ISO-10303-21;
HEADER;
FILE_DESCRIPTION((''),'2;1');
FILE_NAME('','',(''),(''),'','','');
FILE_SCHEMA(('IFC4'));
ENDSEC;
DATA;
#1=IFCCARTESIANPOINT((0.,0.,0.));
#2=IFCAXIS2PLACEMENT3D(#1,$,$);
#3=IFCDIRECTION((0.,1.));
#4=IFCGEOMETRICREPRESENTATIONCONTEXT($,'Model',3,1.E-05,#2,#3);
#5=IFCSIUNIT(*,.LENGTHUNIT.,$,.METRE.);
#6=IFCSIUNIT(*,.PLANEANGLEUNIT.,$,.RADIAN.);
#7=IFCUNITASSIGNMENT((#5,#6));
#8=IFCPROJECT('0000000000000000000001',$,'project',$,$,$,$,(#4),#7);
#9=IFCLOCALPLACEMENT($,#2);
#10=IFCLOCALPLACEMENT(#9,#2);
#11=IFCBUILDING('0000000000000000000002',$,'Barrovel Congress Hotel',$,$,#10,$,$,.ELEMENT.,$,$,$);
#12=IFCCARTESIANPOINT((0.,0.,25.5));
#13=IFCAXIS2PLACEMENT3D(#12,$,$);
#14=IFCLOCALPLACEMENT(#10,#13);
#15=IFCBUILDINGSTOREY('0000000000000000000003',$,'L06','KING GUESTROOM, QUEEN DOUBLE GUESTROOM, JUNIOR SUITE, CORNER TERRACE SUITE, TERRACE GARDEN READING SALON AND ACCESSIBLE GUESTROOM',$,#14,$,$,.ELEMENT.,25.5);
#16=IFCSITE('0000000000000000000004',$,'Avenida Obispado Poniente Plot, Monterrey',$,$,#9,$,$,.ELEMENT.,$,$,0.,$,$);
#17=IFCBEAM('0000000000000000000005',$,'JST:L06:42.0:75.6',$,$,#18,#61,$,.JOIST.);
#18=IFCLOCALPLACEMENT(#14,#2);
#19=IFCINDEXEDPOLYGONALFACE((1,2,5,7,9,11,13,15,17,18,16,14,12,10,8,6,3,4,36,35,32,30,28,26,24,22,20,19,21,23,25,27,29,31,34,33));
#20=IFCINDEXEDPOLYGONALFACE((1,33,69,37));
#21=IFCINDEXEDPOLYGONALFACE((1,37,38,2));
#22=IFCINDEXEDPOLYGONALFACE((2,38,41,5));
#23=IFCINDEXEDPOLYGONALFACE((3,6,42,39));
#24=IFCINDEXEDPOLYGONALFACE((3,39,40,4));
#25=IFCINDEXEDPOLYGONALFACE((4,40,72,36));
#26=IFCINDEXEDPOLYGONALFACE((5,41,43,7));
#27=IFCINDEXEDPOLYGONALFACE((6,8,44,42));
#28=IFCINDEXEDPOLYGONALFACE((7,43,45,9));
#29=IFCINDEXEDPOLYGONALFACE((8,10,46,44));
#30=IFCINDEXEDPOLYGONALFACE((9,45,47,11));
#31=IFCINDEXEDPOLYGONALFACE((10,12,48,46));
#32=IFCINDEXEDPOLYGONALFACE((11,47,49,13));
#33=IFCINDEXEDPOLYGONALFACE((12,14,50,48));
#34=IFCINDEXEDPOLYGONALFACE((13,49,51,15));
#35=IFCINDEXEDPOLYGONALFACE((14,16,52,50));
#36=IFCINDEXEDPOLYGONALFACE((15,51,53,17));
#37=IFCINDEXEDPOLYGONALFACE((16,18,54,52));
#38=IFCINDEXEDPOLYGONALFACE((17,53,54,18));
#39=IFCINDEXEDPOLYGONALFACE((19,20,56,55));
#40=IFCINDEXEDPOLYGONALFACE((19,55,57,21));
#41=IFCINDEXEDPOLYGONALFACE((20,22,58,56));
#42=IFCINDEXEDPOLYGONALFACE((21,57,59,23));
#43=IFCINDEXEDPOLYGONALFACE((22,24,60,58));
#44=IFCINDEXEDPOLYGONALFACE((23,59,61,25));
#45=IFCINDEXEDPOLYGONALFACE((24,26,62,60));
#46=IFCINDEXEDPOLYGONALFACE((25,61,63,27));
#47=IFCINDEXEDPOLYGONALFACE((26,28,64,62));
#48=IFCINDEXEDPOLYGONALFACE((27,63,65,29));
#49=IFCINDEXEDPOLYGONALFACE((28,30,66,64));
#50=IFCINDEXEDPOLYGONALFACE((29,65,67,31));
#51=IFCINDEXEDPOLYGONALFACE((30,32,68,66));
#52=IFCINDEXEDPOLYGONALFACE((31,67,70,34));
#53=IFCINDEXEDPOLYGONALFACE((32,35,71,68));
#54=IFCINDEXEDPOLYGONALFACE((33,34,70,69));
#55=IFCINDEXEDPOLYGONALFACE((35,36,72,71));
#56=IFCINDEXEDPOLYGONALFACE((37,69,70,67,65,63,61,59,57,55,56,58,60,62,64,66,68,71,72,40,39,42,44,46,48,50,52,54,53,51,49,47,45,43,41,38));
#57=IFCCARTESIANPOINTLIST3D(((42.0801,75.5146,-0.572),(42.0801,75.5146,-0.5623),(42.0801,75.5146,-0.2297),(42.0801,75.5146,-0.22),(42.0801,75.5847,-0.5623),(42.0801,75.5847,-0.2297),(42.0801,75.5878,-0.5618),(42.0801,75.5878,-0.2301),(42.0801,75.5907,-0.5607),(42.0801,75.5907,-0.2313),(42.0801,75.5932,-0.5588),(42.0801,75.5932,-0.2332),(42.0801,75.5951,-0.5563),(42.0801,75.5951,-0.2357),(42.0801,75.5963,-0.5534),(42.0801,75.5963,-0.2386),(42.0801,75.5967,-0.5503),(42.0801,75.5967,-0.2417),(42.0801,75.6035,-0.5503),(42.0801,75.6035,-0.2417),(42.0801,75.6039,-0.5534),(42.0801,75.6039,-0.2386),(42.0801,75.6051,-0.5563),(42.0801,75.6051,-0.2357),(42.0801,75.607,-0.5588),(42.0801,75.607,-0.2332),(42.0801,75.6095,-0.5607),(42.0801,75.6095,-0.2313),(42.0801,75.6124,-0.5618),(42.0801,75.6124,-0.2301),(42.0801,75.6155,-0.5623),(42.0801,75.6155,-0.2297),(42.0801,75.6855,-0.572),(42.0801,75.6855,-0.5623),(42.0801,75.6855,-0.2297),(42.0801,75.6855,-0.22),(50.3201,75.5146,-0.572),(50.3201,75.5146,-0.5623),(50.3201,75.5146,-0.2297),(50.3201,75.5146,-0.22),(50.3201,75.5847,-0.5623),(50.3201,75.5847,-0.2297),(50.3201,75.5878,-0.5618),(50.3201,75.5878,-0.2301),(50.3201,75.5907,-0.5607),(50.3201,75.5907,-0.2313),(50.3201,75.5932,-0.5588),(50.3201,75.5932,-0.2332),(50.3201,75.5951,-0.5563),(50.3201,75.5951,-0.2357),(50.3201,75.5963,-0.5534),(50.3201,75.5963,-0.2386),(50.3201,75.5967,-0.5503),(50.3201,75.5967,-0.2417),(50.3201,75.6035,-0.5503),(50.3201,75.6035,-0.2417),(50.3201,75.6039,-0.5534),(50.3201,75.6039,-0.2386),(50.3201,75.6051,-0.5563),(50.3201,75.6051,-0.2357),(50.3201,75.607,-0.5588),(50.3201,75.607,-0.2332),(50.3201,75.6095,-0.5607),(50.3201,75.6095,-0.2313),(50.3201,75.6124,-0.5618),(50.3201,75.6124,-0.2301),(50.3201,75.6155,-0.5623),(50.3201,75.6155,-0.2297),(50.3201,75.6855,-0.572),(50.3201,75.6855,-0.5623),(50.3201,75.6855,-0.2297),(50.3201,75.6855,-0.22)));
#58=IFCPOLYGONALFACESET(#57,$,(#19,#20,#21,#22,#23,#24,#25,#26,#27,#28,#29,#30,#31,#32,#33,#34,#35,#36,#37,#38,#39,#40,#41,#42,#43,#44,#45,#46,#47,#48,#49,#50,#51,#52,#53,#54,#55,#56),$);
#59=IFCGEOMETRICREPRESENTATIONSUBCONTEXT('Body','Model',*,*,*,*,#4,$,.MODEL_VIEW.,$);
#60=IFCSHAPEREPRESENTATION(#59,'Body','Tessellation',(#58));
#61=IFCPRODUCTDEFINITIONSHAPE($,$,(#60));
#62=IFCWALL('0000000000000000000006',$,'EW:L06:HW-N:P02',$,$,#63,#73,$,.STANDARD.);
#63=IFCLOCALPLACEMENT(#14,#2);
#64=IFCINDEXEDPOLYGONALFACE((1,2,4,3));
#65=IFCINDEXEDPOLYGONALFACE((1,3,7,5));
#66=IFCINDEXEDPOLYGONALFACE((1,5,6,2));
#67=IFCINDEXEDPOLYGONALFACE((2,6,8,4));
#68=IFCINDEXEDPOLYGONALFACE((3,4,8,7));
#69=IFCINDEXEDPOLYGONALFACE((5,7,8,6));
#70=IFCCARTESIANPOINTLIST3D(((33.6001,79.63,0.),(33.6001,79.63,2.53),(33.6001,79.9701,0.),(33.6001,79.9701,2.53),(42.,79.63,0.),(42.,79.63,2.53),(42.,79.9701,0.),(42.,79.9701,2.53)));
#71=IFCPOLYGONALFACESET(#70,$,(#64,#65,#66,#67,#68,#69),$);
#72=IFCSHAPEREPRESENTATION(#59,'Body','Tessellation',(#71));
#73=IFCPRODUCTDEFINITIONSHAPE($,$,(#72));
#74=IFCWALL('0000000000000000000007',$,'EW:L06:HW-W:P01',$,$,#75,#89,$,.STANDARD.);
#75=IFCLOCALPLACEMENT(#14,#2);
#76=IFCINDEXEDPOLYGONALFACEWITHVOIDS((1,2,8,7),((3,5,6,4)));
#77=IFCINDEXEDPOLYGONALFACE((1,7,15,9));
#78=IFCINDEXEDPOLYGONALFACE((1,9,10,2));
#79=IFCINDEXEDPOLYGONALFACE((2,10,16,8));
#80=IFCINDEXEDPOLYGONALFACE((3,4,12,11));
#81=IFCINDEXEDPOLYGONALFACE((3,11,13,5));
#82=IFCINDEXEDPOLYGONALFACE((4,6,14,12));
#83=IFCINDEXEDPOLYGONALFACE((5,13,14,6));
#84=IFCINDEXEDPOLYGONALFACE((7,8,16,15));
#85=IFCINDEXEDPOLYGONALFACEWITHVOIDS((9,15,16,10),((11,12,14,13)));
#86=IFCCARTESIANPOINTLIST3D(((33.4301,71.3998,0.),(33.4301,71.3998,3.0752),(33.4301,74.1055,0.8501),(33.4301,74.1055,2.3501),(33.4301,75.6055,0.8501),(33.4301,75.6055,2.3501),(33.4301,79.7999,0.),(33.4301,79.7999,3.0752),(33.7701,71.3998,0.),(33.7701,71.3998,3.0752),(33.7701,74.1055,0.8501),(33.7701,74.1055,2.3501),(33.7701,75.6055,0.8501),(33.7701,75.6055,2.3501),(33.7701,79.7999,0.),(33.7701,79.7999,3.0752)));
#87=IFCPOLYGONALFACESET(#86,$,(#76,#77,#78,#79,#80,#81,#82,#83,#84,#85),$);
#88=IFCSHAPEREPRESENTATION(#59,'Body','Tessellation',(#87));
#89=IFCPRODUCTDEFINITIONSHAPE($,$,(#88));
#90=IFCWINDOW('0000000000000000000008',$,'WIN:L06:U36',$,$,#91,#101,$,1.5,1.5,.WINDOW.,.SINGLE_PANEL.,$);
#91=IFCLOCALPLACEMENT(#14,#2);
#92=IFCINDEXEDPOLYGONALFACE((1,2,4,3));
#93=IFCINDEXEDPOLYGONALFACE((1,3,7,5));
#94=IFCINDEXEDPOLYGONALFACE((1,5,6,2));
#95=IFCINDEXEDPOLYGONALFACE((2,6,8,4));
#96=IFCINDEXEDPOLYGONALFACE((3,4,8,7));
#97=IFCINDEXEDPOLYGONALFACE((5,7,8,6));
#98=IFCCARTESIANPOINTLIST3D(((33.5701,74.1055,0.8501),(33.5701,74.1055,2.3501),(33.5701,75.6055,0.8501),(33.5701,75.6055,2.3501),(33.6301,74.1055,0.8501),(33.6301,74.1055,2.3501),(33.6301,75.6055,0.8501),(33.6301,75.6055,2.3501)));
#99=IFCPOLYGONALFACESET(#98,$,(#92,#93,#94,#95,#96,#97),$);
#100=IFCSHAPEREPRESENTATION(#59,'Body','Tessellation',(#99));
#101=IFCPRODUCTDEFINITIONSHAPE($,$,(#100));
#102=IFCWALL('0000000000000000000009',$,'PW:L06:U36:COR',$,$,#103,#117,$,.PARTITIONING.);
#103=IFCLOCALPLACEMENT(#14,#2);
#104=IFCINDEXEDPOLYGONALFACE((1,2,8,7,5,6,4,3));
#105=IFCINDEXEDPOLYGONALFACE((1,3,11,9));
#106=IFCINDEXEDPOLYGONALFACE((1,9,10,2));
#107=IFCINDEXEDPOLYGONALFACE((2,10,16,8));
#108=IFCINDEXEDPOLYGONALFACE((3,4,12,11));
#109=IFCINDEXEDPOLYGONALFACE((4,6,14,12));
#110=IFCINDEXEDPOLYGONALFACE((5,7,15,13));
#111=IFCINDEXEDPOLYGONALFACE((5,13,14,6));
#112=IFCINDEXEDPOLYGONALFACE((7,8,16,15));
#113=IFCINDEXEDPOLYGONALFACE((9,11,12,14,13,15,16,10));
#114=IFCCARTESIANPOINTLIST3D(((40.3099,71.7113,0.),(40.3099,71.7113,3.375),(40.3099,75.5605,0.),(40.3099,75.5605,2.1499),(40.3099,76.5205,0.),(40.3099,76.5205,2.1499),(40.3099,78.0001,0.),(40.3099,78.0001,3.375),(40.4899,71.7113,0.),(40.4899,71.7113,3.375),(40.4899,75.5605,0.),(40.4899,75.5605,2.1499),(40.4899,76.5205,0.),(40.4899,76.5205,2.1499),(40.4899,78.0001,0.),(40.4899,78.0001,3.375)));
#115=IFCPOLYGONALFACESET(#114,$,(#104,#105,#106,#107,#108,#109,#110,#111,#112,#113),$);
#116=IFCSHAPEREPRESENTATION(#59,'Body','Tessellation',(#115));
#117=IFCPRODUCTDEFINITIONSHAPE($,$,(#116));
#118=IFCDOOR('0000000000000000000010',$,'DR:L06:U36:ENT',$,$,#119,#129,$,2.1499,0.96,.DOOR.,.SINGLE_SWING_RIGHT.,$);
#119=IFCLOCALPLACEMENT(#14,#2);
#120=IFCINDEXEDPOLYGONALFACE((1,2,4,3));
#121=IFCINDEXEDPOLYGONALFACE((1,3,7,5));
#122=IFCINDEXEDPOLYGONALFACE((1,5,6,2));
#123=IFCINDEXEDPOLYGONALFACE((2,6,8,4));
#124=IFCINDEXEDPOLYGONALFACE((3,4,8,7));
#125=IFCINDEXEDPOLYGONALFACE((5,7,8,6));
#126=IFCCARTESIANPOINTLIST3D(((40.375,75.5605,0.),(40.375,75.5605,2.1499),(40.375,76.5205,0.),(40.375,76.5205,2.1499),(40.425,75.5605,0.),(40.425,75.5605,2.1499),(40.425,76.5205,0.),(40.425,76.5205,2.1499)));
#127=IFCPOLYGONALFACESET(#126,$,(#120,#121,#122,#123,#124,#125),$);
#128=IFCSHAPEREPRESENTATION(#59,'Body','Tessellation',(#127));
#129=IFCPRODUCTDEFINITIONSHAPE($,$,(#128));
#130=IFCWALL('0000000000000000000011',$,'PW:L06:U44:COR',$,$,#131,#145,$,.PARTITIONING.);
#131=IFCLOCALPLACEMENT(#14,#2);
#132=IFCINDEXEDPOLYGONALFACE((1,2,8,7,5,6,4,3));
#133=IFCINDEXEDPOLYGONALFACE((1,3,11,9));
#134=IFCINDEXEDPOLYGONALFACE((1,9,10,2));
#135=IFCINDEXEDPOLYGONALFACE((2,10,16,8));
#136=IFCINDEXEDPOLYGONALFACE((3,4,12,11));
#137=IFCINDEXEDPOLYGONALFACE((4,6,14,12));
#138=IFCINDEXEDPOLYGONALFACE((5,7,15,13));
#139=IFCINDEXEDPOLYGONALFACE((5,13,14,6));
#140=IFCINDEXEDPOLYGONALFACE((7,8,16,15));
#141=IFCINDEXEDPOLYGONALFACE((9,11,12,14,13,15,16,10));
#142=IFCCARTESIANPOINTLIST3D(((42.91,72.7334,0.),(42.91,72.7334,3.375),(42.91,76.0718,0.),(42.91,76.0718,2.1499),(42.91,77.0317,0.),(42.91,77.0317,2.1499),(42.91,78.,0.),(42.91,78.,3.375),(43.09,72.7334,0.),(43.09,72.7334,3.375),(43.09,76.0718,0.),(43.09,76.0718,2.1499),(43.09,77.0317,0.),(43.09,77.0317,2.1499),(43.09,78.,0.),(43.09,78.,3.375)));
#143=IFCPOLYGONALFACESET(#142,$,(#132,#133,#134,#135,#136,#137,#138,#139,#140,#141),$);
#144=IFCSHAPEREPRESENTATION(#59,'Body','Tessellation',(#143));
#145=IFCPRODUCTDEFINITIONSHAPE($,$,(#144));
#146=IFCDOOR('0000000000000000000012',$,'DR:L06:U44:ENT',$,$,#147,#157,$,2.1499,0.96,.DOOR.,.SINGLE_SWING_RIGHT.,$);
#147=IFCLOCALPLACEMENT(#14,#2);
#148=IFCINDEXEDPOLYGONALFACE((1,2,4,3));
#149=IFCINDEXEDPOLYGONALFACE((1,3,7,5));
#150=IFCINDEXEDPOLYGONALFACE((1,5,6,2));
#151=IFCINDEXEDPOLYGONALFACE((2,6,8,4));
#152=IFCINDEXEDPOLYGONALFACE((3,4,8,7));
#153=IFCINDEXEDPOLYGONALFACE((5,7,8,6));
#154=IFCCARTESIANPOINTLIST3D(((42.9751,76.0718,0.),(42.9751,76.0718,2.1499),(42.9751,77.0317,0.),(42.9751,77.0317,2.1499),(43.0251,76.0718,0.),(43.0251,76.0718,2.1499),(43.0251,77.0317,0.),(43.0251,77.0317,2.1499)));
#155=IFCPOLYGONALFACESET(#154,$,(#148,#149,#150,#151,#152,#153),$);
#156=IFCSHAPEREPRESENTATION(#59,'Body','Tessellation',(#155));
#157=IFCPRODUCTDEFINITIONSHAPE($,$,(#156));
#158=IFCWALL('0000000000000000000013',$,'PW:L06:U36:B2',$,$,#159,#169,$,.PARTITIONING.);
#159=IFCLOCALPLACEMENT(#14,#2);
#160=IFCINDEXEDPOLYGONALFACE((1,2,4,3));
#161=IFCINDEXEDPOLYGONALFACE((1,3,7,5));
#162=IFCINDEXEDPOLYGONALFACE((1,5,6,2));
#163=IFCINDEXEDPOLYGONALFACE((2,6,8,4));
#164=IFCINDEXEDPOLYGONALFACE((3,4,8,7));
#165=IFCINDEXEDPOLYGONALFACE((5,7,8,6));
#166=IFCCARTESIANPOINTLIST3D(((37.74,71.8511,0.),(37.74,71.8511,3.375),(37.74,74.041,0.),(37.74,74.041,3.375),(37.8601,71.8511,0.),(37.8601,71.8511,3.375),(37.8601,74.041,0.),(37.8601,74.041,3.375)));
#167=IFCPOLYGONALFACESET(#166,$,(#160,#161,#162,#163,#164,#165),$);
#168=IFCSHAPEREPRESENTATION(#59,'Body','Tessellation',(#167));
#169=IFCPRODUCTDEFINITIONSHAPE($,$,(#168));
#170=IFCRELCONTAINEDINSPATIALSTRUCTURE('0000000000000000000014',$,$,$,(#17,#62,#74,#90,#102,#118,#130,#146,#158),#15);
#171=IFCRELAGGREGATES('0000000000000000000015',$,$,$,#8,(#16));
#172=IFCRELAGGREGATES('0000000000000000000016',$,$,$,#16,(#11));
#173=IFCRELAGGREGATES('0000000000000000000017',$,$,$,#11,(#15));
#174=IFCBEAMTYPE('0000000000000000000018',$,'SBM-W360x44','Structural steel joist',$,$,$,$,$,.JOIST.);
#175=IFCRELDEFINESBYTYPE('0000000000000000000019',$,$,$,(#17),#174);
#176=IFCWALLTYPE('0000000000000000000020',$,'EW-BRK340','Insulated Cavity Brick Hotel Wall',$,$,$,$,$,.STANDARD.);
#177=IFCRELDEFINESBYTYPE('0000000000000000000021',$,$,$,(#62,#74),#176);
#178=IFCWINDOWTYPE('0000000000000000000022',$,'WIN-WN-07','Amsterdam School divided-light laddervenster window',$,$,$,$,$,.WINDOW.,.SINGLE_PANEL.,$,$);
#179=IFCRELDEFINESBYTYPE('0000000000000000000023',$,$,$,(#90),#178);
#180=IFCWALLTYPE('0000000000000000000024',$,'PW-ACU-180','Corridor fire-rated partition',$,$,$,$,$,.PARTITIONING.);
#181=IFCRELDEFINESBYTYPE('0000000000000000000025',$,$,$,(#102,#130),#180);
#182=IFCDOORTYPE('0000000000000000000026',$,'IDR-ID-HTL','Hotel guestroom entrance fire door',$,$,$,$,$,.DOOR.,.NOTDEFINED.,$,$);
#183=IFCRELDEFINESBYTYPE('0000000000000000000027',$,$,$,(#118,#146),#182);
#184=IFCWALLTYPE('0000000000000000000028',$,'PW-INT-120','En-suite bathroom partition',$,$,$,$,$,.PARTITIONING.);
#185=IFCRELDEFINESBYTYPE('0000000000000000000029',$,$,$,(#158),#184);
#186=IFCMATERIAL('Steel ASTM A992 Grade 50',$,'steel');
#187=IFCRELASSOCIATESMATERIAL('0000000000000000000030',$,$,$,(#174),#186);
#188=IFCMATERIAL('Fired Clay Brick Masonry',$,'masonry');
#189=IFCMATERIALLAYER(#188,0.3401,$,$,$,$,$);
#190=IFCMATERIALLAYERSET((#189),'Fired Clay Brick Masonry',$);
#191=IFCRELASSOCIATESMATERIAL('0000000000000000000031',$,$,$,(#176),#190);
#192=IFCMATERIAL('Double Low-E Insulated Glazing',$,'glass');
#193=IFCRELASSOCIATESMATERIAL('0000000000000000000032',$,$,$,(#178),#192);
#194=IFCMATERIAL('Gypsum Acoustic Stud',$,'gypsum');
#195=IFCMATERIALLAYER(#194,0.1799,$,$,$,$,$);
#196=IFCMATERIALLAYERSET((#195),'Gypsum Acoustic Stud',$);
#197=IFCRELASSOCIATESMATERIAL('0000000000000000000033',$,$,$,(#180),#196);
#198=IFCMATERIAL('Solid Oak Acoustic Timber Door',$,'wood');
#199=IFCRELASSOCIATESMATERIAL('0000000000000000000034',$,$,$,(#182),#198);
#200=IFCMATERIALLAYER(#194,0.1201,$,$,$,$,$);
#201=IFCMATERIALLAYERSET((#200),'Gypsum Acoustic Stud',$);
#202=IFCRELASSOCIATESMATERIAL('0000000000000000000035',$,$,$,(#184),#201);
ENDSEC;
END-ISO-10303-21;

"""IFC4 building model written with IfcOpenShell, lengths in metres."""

from ifc_helpers import new_model, si_unit, direction, frame, frame_2d, origin, origin_2d, place, context, subcontext, project, spatial, rectangle, i_section, extrude, material, layer, layer_set, material_profile, profile_set, type_object, element, fill, save


model = new_model("IFC4")

# Units and contexts
model_context = context("Model", 3, precision=1e-05, world=origin(), true_north=direction((0.0, 1.0)))
body_context = subcontext(model_context, "Body", "Model", "MODEL_VIEW")
ifc_project = project(units=[si_unit("LENGTHUNIT", "METRE"), si_unit("PLANEANGLEUNIT", "RADIAN")], contexts=[model_context])

# Site, building, storey
site_placement = place(None, origin())
site = spatial("IfcSite", under=ifc_project, at=site_placement, Name="Avenida Obispado Poniente Plot, Monterrey", CompositionType="ELEMENT", RefElevation=0.0)
building_placement = place(site_placement, origin())
building = spatial("IfcBuilding", under=site, at=building_placement, Name="Barrovel Congress Hotel", CompositionType="ELEMENT")
storey_placement = place(building_placement, frame((0.0, 0.0, 25.5)))
storey = spatial("IfcBuildingStorey", under=building, at=storey_placement, Name="L06", Description="KING GUESTROOM, QUEEN DOUBLE GUESTROOM, JUNIOR SUITE, CORNER TERRACE SUITE, TERRACE GARDEN READING SALON AND ACCESSIBLE GUESTROOM", CompositionType="ELEMENT", Elevation=25.5)

# Beam
ifc_material_1 = material(Name="Steel ASTM A992 Grade 50", Category="steel")
ifc_material_profile_1 = material_profile(ifc_material_1, i_section(OverallWidth=0.1709, OverallDepth=0.3521, WebThickness=0.0068, FlangeThickness=0.0098, FilletRadius=0.012, at=origin_2d()), Name="W360x44")
ifc_profile_set_1 = profile_set([ifc_material_profile_1], Name="Steel ASTM A992 Grade 50")
beam_type_1 = type_object("IfcBeamType", Name="SBM-W360x44", Description="Structural steel joist", PredefinedType="JOIST", material=ifc_profile_set_1)
beam_1_placement = place(storey_placement, frame((42.0801, 75.6001, -0.396), z_axis=(1.0, 0.0, 0.0), x_axis=(0.0, 1.0, 0.0)))
element("IfcBeam", 1, at=beam_1_placement, inside=storey, type_object=beam_type_1, Name="JST:L06:42.0:75.6", PredefinedType="JOIST", context=body_context, shape_type="SweptSolid", body=[
    extrude(i_section(OverallWidth=0.1709, OverallDepth=0.3521, WebThickness=0.0068, FlangeThickness=0.0098, FilletRadius=0.012, at=origin_2d()), origin(), (0.0, 0.0, 1.0), 8.24),
])

# Wall
ifc_material_2 = material(Name="Fired Clay Brick Masonry", Category="masonry")
ifc_layer_1 = layer(ifc_material_2, 0.3401)
ifc_layer_set_1 = layer_set([ifc_layer_1], Name="Fired Clay Brick Masonry")
wall_type_1 = type_object("IfcWallType", Name="EW-BRK340", Description="Insulated Cavity Brick Hotel Wall", PredefinedType="STANDARD", material=ifc_layer_set_1)
wall_1_placement = place(storey_placement, frame((42.0, 79.8, 0.0), z_axis=(0.0, 0.0, 1.0), x_axis=(-1.0, 0.0, 0.0)))
element("IfcWall", 2, at=wall_1_placement, inside=storey, type_object=wall_type_1, Name="EW:L06:HW-N:P02", PredefinedType="STANDARD", context=body_context, shape_type="SweptSolid", body=[
    extrude(rectangle(XDim=8.3999, YDim=0.3401, at=frame_2d((4.2, 0.0))), origin(), (0.0, 0.0, 1.0), 2.53),
])

# Wall, opening, window
wall_2_placement = place(storey_placement, frame((33.6001, 79.8, 0.0), z_axis=(0.0, 0.0, 1.0), x_axis=(0.0, -1.0, 0.0)))
wall_2 = element("IfcWall", 3, at=wall_2_placement, inside=storey, type_object=wall_type_1, Name="EW:L06:HW-W:P01", PredefinedType="STANDARD", context=body_context, shape_type="SweptSolid", body=[
    extrude(rectangle(XDim=8.4001, YDim=0.3401, at=frame_2d((4.2002, 0.0))), origin(), (0.0, 0.0, 1.0), 3.0752),
])
opening_1_placement = place(wall_2_placement, frame((4.1946, 0.0, 0.8501)))
opening_1 = element("IfcOpeningElement", 4, at=opening_1_placement, cuts=wall_2, PredefinedType="OPENING", context=body_context, shape_type="SweptSolid", body=[
    extrude(rectangle(XDim=1.5, YDim=1.5, at=frame_2d((0.75, 0.75))), frame((0.0, 0.1802, 0.0), z_axis=(0.0, -1.0, 0.0), x_axis=(1.0, 0.0, 0.0)), (0.0, 0.0, 1.0), 0.3601),
])
ifc_material_3 = material(Name="Double Low-E Insulated Glazing", Category="glass")
window_type = type_object("IfcWindowType", Name="WIN-WN-07", Description="Amsterdam School divided-light laddervenster window", PartitioningType="SINGLE_PANEL", PredefinedType="WINDOW", material=ifc_material_3)
window_placement = place(opening_1_placement, origin())
window = element("IfcWindow", 5, at=window_placement, inside=storey, type_object=window_type, Name="WIN:L06:U36", OverallHeight=1.5, OverallWidth=1.5, PartitioningType="SINGLE_PANEL", PredefinedType="WINDOW", context=body_context, shape_type="SweptSolid", body=[
    extrude(rectangle(XDim=1.5, YDim=1.5, at=frame_2d((0.75, 0.75))), frame((0.0, 0.03, 0.0), z_axis=(0.0, -1.0, 0.0), x_axis=(1.0, 0.0, 0.0)), (0.0, 0.0, 1.0), 0.0601),
])
fill(opening_1, window)

# Walls, openings, doors
ifc_material_4 = material(Name="Gypsum Acoustic Stud", Category="gypsum")
ifc_layer_2 = layer(ifc_material_4, 0.1799)
ifc_layer_set_2 = layer_set([ifc_layer_2], Name="Gypsum Acoustic Stud")
wall_type_2 = type_object("IfcWallType", Name="PW-ACU-180", Description="Corridor fire-rated partition", PredefinedType="PARTITIONING", material=ifc_layer_set_2)
wall_3_placement = place(storey_placement, frame((40.3999, 71.7112, 0.0), z_axis=(0.0, 0.0, 1.0), x_axis=(0.0, 1.0, 0.0)))
wall_3 = element("IfcWall", 6, at=wall_3_placement, inside=storey, type_object=wall_type_2, Name="PW:L06:U36:COR", PredefinedType="PARTITIONING", context=body_context, shape_type="SweptSolid", body=[
    extrude(rectangle(XDim=6.2888, YDim=0.1799, at=frame_2d((3.1445, 0.0))), origin(), (0.0, 0.0, 1.0), 3.375),
])
opening_2_placement = place(wall_3_placement, frame((3.8494, 0.0, 0.0)))
opening_2 = element("IfcOpeningElement", 7, at=opening_2_placement, cuts=wall_3, PredefinedType="OPENING", context=body_context, shape_type="SweptSolid", body=[
    extrude(rectangle(XDim=0.96, YDim=2.1499, at=frame_2d((0.48, 1.075))), frame((0.0, 0.1001, 0.0), z_axis=(0.0, -1.0, 0.0), x_axis=(1.0, 0.0, 0.0)), (0.0, 0.0, 1.0), 0.2),
])
ifc_material_5 = material(Name="Solid Oak Acoustic Timber Door", Category="wood")
door_type_1 = type_object("IfcDoorType", Name="IDR-ID-HTL", Description="Hotel guestroom entrance fire door", OperationType="NOTDEFINED", PredefinedType="DOOR", material=ifc_material_5)
door_1_placement = place(opening_2_placement, origin())
door_1 = element("IfcDoor", 8, at=door_1_placement, inside=storey, type_object=door_type_1, Name="DR:L06:U36:ENT", OperationType="SINGLE_SWING_RIGHT", OverallHeight=2.1499, OverallWidth=0.96, PredefinedType="DOOR", context=body_context, shape_type="SweptSolid", body=[
    extrude(rectangle(XDim=0.96, YDim=2.1499, at=frame_2d((0.48, 1.075))), frame((0.0, 0.0249, 0.0), z_axis=(0.0, -1.0, 0.0), x_axis=(1.0, 0.0, 0.0)), (0.0, 0.0, 1.0), 0.05),
])
fill(opening_2, door_1)
wall_4_placement = place(storey_placement, frame((43.0, 72.7334, 0.0), z_axis=(0.0, 0.0, 1.0), x_axis=(0.0, 1.0, 0.0)))
wall_4 = element("IfcWall", 9, at=wall_4_placement, inside=storey, type_object=wall_type_2, Name="PW:L06:U44:COR", PredefinedType="PARTITIONING", context=body_context, shape_type="SweptSolid", body=[
    extrude(rectangle(XDim=5.2666, YDim=0.1799, at=frame_2d((2.6333, 0.0))), origin(), (0.0, 0.0, 1.0), 3.375),
])
opening_3_placement = place(wall_4_placement, frame((3.3384, 0.0, 0.0)))
opening_3 = element("IfcOpeningElement", 10, at=opening_3_placement, cuts=wall_4, PredefinedType="OPENING", context=body_context, shape_type="SweptSolid", body=[
    extrude(rectangle(XDim=0.96, YDim=2.1499, at=frame_2d((0.48, 1.075))), frame((0.0, 0.1001, 0.0), z_axis=(0.0, -1.0, 0.0), x_axis=(1.0, 0.0, 0.0)), (0.0, 0.0, 1.0), 0.2),
])
door_2_placement = place(opening_3_placement, origin())
door_2 = element("IfcDoor", 11, at=door_2_placement, inside=storey, type_object=door_type_1, Name="DR:L06:U44:ENT", OperationType="SINGLE_SWING_RIGHT", OverallHeight=2.1499, OverallWidth=0.96, PredefinedType="DOOR", context=body_context, shape_type="SweptSolid", body=[
    extrude(rectangle(XDim=0.96, YDim=2.1499, at=frame_2d((0.48, 1.075))), frame((0.0, 0.0249, 0.0), z_axis=(0.0, -1.0, 0.0), x_axis=(1.0, 0.0, 0.0)), (0.0, 0.0, 1.0), 0.05),
])
fill(opening_3, door_2)

# Wall
ifc_layer_3 = layer(ifc_material_4, 0.1201)
ifc_layer_set_3 = layer_set([ifc_layer_3], Name="Gypsum Acoustic Stud")
wall_type_3 = type_object("IfcWallType", Name="PW-INT-120", Description="En-suite bathroom partition", PredefinedType="PARTITIONING", material=ifc_layer_set_3)
wall_5_placement = place(storey_placement, frame((37.8, 71.8511, 0.0), z_axis=(0.0, 0.0, 1.0), x_axis=(0.0, 1.0, 0.0)))
element("IfcWall", 12, at=wall_5_placement, inside=storey, type_object=wall_type_3, Name="PW:L06:U36:B2", PredefinedType="PARTITIONING", context=body_context, shape_type="SweptSolid", body=[
    extrude(rectangle(XDim=2.1899, YDim=0.1201, at=frame_2d((1.095, 0.0))), origin(), (0.0, 0.0, 1.0), 3.375),
])

save(model, "model.ifc")
